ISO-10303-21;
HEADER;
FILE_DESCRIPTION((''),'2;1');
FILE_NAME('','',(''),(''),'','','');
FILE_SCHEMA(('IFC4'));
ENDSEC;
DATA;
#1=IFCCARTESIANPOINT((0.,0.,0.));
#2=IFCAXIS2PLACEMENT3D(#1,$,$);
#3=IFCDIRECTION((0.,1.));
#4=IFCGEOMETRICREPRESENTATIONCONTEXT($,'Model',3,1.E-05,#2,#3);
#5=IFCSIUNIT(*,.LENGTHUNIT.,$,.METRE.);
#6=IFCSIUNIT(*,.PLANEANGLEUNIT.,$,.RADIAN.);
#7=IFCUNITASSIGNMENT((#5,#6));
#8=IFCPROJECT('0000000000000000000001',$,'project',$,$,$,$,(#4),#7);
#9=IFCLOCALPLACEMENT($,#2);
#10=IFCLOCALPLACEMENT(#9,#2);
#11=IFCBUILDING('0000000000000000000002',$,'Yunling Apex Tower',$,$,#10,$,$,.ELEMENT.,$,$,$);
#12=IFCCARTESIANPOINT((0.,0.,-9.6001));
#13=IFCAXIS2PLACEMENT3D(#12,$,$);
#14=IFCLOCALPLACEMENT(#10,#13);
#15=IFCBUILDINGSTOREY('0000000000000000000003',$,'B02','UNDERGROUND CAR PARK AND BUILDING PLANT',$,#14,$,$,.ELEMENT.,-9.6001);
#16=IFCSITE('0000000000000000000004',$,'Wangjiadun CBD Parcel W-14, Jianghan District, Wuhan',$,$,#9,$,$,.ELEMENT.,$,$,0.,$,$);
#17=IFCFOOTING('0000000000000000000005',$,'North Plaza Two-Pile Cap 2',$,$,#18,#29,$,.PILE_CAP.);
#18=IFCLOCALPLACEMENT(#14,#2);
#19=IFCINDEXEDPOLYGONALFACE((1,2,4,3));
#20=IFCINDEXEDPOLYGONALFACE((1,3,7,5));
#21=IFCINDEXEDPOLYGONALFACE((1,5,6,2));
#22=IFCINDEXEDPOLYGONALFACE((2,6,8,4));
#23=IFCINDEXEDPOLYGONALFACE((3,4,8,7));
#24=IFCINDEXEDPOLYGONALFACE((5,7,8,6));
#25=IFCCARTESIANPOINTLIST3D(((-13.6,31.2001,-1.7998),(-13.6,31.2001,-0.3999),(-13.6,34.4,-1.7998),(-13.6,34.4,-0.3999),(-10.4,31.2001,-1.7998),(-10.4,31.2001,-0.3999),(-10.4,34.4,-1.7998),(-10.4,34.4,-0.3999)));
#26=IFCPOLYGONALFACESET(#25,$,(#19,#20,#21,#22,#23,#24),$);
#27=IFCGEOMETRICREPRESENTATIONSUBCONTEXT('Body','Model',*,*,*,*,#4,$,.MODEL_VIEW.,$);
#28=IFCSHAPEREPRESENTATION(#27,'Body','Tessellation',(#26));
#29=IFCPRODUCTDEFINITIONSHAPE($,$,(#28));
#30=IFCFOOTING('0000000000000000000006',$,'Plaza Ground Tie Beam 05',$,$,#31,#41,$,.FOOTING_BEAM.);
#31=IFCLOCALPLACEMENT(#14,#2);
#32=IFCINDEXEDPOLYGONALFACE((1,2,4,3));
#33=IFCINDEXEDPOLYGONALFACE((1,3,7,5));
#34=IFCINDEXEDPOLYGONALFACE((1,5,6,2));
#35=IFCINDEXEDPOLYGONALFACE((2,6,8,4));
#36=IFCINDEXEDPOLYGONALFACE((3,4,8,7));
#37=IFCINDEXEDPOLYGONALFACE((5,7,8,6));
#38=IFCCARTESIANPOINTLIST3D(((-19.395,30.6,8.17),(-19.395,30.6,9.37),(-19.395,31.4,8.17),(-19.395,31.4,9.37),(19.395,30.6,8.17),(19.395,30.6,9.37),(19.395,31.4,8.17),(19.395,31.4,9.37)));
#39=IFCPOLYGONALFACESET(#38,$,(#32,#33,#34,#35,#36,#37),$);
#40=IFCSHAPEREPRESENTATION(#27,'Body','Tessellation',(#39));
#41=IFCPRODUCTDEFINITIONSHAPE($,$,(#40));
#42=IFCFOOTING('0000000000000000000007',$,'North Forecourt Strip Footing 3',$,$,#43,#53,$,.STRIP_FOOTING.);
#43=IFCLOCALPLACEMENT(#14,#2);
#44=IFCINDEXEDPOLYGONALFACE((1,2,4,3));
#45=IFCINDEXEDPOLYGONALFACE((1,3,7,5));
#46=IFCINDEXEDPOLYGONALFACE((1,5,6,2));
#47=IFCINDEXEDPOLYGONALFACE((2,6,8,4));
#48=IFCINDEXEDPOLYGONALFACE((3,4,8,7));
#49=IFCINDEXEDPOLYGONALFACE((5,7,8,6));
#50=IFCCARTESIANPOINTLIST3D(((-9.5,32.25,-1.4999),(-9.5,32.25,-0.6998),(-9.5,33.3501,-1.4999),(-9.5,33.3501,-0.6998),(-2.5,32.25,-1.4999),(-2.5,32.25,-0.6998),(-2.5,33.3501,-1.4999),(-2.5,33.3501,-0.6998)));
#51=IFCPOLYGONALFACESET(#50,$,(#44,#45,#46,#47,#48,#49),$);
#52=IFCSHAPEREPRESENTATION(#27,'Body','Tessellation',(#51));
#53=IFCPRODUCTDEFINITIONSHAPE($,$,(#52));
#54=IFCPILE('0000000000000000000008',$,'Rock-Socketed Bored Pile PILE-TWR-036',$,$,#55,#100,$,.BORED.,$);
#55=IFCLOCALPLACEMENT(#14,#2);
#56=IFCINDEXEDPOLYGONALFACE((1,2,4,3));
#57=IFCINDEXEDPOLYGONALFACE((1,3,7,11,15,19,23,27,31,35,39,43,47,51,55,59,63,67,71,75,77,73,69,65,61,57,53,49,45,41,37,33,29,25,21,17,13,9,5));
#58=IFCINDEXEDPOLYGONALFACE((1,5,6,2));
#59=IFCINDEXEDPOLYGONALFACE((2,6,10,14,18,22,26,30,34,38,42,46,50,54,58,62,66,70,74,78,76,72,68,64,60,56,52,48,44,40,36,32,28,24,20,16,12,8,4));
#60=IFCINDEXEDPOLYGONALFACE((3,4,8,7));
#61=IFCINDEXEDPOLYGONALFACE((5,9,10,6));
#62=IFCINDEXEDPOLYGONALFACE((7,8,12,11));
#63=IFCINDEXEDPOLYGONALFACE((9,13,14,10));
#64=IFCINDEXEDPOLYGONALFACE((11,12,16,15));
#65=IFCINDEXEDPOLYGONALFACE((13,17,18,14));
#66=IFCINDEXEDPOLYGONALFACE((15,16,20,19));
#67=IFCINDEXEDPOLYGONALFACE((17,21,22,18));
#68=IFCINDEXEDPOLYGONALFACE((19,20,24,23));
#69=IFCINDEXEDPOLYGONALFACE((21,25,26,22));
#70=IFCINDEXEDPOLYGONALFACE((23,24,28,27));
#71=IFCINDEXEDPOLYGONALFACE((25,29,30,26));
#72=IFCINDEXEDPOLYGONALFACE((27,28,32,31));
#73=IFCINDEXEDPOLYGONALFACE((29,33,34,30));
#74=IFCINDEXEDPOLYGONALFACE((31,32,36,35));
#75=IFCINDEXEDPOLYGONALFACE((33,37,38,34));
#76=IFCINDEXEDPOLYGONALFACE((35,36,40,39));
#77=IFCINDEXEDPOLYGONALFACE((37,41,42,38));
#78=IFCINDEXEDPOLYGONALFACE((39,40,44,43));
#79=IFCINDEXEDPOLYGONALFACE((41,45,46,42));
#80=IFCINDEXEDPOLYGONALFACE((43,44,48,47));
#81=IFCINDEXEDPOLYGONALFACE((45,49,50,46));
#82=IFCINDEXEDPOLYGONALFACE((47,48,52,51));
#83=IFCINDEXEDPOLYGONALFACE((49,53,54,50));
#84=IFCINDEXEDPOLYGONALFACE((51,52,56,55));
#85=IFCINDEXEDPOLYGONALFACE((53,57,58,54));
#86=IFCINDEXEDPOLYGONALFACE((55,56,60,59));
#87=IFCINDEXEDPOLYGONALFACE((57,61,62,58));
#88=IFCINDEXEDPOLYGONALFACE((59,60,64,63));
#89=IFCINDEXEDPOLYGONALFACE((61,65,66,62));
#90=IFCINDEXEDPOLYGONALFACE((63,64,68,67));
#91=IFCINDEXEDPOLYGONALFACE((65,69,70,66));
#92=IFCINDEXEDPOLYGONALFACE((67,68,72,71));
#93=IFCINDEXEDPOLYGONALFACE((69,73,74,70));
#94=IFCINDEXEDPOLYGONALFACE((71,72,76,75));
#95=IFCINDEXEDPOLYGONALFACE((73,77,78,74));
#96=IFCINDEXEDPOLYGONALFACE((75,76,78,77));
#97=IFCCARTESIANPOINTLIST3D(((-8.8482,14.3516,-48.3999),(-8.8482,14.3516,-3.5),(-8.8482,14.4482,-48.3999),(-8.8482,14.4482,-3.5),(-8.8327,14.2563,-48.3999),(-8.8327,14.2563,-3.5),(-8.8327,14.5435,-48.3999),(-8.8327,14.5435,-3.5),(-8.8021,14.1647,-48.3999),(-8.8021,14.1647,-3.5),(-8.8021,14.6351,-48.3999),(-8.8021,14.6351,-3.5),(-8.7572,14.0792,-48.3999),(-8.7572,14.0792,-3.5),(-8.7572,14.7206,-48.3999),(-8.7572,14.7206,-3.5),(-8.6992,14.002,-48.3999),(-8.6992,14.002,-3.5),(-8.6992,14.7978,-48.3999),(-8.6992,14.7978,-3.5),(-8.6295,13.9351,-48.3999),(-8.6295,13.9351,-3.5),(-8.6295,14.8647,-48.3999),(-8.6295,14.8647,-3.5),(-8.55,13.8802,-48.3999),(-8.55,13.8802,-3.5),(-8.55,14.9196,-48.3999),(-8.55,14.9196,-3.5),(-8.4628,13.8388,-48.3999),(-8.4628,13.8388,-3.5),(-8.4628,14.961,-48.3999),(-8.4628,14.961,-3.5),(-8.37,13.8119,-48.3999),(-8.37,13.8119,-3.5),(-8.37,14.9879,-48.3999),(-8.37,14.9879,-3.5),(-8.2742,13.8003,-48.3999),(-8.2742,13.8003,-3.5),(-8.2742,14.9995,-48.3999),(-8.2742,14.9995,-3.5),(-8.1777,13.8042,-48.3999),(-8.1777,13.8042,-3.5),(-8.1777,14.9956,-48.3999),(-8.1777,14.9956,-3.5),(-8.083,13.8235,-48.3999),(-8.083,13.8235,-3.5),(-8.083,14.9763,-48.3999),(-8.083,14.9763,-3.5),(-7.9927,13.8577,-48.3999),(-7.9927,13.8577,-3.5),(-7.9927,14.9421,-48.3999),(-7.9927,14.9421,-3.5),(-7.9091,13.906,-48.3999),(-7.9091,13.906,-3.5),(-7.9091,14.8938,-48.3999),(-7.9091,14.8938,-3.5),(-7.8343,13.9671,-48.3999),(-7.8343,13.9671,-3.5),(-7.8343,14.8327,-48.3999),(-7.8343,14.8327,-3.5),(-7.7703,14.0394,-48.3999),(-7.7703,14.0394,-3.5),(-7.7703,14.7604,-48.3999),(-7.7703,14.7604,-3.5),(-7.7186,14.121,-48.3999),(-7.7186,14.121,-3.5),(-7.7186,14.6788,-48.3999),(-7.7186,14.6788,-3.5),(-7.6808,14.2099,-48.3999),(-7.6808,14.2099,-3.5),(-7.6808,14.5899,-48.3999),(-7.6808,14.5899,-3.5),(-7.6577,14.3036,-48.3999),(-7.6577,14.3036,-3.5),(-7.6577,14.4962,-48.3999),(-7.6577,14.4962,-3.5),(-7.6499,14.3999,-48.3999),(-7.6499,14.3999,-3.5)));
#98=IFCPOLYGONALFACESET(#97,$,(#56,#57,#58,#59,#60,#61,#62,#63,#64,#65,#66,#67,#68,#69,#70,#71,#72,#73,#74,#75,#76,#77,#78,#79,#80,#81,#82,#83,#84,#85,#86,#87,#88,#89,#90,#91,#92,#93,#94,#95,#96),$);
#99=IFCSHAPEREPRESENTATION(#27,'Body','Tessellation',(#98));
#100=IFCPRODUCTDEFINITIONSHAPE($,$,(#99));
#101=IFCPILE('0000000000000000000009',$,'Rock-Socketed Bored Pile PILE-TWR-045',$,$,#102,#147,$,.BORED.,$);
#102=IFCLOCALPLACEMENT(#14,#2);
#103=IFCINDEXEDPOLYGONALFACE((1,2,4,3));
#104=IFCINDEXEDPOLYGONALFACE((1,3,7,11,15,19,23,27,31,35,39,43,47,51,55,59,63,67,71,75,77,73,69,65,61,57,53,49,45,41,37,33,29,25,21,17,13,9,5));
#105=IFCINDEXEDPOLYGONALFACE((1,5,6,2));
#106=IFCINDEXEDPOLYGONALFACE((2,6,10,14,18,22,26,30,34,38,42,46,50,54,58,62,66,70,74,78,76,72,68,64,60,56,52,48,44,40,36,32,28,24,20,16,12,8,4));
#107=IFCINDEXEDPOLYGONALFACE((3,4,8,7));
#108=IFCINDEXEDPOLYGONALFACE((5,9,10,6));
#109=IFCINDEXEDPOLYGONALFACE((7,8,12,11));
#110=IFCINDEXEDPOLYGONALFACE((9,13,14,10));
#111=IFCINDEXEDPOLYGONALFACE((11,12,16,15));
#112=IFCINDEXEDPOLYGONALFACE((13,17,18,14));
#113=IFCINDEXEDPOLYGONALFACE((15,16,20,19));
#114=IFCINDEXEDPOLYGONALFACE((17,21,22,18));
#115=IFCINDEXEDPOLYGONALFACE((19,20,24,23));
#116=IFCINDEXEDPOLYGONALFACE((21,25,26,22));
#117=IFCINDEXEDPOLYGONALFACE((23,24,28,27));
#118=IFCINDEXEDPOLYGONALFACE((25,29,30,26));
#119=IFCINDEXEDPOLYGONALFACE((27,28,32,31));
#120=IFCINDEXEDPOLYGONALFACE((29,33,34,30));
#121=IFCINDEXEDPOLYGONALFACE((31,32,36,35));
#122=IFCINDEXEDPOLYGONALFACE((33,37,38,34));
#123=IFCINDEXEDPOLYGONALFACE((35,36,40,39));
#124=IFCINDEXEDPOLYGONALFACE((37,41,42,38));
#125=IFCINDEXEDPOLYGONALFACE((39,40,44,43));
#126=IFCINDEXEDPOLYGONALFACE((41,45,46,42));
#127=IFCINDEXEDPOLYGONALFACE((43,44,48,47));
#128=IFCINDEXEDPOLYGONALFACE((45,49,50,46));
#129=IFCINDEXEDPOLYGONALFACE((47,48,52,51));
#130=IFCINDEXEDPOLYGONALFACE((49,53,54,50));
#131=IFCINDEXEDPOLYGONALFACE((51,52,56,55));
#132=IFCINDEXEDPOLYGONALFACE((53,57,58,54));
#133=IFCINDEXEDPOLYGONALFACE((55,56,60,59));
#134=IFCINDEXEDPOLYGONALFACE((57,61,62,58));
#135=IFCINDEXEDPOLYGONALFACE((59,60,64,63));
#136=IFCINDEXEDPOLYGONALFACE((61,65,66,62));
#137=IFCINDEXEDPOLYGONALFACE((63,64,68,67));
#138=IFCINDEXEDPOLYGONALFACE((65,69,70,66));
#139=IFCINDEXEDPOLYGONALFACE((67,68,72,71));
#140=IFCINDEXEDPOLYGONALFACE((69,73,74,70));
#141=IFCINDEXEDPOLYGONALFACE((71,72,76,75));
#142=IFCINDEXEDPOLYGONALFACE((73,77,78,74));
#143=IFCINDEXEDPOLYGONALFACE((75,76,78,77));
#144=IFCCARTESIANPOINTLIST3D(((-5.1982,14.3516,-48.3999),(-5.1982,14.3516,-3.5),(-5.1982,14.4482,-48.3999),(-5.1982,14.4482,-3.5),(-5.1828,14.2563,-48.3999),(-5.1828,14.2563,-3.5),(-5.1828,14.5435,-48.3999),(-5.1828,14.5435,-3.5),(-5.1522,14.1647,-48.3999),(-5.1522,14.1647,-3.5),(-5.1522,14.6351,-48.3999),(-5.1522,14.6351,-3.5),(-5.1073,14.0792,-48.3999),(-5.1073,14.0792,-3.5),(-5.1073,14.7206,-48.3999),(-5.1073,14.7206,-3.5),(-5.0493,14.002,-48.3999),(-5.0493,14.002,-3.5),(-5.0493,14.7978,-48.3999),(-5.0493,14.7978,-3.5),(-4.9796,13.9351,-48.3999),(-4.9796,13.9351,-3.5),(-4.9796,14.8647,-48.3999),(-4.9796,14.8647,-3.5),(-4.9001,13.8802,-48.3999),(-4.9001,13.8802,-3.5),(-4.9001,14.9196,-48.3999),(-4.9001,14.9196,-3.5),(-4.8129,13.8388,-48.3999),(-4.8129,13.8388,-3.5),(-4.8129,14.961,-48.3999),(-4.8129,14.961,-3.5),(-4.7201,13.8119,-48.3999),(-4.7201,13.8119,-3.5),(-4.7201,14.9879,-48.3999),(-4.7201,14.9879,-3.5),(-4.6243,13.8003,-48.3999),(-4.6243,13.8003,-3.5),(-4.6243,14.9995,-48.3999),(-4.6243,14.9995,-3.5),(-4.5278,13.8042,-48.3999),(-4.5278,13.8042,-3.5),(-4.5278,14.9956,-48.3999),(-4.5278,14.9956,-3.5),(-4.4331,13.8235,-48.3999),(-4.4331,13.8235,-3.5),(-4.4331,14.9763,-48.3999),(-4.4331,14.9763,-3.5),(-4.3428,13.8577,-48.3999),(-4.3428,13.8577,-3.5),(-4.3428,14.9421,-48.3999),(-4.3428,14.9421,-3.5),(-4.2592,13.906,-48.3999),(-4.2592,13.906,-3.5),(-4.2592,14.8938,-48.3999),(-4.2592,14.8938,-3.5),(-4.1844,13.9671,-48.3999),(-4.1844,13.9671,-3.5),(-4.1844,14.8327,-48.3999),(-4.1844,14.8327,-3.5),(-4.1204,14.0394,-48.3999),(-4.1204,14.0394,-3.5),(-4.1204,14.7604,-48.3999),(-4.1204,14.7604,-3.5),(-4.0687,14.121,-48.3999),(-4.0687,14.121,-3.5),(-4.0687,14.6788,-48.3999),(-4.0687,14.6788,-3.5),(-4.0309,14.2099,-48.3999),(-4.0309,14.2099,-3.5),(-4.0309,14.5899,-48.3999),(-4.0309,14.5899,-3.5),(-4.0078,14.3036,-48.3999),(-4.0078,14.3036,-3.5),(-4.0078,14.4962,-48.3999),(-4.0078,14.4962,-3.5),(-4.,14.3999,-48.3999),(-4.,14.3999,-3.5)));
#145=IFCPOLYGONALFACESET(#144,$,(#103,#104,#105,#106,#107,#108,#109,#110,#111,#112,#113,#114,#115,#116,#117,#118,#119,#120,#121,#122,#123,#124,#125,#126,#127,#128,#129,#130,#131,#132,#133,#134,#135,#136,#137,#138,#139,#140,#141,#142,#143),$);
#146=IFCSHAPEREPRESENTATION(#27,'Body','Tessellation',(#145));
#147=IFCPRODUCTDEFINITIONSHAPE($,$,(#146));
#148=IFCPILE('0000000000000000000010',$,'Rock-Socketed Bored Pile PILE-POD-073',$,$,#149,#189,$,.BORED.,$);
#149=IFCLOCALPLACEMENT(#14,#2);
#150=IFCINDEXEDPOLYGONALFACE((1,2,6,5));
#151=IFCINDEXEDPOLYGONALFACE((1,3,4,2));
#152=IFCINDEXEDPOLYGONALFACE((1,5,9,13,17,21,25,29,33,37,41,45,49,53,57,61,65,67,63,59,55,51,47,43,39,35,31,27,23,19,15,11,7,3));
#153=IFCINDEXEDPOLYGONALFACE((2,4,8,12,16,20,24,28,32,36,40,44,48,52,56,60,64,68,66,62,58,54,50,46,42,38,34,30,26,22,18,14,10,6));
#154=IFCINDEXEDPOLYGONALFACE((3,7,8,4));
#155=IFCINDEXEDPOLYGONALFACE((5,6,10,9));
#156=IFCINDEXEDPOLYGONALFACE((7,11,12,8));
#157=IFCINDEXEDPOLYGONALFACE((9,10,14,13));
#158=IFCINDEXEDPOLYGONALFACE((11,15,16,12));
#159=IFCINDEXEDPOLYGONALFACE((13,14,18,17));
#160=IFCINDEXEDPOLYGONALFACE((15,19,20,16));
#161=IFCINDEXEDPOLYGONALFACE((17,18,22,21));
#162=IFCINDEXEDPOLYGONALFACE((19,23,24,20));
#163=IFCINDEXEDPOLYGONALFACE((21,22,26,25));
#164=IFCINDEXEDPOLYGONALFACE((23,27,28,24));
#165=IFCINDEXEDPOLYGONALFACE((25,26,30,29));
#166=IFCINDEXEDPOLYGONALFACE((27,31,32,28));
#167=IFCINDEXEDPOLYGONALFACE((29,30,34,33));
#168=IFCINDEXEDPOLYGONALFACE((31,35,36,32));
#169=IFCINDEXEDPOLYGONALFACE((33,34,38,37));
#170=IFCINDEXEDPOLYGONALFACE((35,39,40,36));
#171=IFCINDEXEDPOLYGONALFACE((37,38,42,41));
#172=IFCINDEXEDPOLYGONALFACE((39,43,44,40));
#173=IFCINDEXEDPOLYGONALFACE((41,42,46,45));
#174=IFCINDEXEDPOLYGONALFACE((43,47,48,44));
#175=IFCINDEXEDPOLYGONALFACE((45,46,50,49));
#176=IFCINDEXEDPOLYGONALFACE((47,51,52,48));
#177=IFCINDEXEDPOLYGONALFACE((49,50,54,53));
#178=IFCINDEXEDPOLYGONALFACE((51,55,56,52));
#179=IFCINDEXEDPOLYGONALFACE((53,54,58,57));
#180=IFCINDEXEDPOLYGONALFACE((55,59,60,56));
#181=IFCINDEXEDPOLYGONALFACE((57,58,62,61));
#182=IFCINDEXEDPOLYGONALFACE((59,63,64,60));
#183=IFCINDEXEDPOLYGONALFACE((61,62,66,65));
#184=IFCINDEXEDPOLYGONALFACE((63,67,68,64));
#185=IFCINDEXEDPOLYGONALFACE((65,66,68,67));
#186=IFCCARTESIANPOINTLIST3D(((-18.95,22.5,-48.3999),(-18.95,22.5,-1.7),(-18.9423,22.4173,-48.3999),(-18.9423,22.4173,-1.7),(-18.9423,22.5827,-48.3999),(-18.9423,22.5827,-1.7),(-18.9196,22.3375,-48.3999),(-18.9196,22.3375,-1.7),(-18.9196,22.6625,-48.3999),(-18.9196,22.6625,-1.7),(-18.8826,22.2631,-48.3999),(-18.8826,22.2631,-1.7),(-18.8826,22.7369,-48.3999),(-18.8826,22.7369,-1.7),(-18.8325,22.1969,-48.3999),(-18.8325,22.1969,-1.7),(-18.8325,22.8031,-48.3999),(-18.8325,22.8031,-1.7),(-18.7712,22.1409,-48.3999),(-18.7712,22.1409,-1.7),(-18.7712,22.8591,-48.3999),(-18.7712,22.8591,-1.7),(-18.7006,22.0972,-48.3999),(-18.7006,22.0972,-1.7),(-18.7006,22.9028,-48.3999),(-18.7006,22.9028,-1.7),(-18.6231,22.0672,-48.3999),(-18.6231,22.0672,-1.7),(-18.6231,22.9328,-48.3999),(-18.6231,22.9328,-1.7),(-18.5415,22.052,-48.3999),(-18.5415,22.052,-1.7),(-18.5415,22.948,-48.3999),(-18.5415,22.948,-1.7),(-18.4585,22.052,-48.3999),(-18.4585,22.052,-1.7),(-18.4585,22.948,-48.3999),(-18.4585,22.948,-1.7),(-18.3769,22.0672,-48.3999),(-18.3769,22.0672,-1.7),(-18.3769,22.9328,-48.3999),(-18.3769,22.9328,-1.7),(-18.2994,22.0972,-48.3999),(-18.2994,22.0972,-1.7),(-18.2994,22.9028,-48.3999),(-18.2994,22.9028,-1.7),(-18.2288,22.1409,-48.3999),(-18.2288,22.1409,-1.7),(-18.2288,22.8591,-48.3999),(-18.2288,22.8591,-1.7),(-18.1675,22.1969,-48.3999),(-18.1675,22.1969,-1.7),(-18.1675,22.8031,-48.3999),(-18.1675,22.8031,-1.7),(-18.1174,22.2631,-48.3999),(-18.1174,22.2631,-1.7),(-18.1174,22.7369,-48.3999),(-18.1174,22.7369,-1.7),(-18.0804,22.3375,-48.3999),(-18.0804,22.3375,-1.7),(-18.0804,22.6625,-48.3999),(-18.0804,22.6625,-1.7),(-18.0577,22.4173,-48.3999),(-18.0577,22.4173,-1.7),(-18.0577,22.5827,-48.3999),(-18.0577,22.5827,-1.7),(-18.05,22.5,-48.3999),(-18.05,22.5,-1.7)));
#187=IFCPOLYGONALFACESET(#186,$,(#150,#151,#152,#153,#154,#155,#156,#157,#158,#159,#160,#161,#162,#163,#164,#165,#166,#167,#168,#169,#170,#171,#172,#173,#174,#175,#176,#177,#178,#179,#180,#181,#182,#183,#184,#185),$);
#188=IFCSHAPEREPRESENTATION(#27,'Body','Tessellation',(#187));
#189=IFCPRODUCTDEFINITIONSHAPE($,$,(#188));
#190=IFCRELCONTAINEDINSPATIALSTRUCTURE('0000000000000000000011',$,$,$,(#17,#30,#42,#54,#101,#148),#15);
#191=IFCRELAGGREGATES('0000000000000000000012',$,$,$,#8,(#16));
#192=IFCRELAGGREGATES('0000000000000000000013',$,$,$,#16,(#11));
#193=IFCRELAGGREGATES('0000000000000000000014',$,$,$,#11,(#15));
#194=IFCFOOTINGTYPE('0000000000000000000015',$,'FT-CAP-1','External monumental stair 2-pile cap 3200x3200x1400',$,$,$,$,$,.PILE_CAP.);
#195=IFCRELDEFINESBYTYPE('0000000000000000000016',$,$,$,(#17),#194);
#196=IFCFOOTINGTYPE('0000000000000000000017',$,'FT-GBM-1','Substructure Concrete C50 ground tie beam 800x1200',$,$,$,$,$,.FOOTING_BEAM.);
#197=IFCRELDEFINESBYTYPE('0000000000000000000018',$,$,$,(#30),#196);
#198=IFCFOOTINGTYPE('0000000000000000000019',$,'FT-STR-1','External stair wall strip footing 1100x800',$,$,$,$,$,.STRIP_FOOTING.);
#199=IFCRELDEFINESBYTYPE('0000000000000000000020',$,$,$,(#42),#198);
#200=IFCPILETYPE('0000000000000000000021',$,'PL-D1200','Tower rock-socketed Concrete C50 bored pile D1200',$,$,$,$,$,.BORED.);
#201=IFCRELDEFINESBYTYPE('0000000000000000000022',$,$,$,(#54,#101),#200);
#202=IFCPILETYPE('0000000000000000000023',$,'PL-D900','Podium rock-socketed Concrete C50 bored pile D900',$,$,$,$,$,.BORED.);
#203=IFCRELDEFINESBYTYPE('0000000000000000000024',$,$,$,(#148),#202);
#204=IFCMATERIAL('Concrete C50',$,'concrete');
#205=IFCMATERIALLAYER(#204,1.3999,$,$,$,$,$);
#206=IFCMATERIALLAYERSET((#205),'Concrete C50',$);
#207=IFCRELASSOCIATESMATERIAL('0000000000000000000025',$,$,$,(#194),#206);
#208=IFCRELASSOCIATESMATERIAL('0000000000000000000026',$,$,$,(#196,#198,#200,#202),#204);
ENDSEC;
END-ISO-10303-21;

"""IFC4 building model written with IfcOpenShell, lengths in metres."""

from ifc_helpers import new_model, si_unit, direction, frame, origin, origin_2d, place, context, subcontext, project, spatial, rectangle, circle, extrude, source, transform, mapped, material, layer, layer_set, material_profile, profile_set, type_object, element, save


model = new_model("IFC4")

# Units and contexts
model_context = context("Model", 3, precision=1e-05, world=origin(), true_north=direction((0.0, 1.0)))
body_context = subcontext(model_context, "Body", "Model", "MODEL_VIEW")
ifc_project = project(units=[si_unit("LENGTHUNIT", "METRE"), si_unit("PLANEANGLEUNIT", "RADIAN")], contexts=[model_context])

# Site, building, storey
site_placement = place(None, origin())
site = spatial("IfcSite", under=ifc_project, at=site_placement, Name="Wangjiadun CBD Parcel W-14, Jianghan District, Wuhan", CompositionType="ELEMENT", RefElevation=0.0)
building_placement = place(site_placement, origin())
building = spatial("IfcBuilding", under=site, at=building_placement, Name="Yunling Apex Tower", CompositionType="ELEMENT")
storey_placement = place(building_placement, frame((0.0, 0.0, -9.6001)))
storey = spatial("IfcBuildingStorey", under=building, at=storey_placement, Name="B02", Description="UNDERGROUND CAR PARK AND BUILDING PLANT", CompositionType="ELEMENT", Elevation=-9.6001)

# Footings
ifc_material_1 = material(Name="Concrete C50", Category="concrete")
ifc_layer_1 = layer(ifc_material_1, 1.3999)
ifc_layer_set_1 = layer_set([ifc_layer_1], Name="Concrete C50")
footing_type_1 = type_object("IfcFootingType", Name="FT-CAP-1", Description="External monumental stair 2-pile cap 3200x3200x1400", PredefinedType="PILE_CAP", material=ifc_layer_set_1)
shared_shape_1 = source(origin(), body_context, "Body", "SweptSolid", [
    extrude(rectangle(XDim=3.2, YDim=3.2, at=origin_2d()), origin(), (0.0, 0.0, 1.0), 1.3999),
])
footing_1_placement = place(storey_placement, frame((-12.0, 32.8, -1.7998), z_axis=(0.0, 0.0, 1.0), x_axis=(1.0, 0.0, 0.0)))
element("IfcFooting", 1, at=footing_1_placement, inside=storey, type_object=footing_type_1, Name="North Plaza Two-Pile Cap 2", PredefinedType="PILE_CAP", context=body_context, shape_type="MappedRepresentation", body=[
    mapped(shared_shape_1, transform((0.0, 0.0, 0.0), scale=1.0)),
])
ifc_material_profile_1 = material_profile(ifc_material_1, rectangle(XDim=0.8, YDim=1.2, at=origin_2d()))
ifc_profile_set_1 = profile_set([ifc_material_profile_1], Name="Concrete C50")
footing_type_2 = type_object("IfcFootingType", Name="FT-GBM-1", Description="Substructure Concrete C50 ground tie beam 800x1200", PredefinedType="FOOTING_BEAM", material=ifc_profile_set_1)
shared_shape_2 = source(origin(), body_context, "Body", "SweptSolid", [
    extrude(rectangle(XDim=0.8, YDim=1.2, at=origin_2d()), origin(), (0.0, 0.0, 1.0), 38.79),
])
footing_2_placement = place(storey_placement, frame((-19.395, 31.0, 8.77), z_axis=(1.0, 0.0, 0.0), x_axis=(0.0, 1.0, 0.0)))
element("IfcFooting", 2, at=footing_2_placement, inside=storey, type_object=footing_type_2, Name="Plaza Ground Tie Beam 05", PredefinedType="FOOTING_BEAM", context=body_context, shape_type="MappedRepresentation", body=[
    mapped(shared_shape_2, transform((0.0, 0.0, 0.0), scale=1.0)),
])
ifc_material_profile_2 = material_profile(ifc_material_1, rectangle(XDim=1.1001, YDim=0.8, at=origin_2d()))
ifc_profile_set_2 = profile_set([ifc_material_profile_2], Name="Concrete C50")
footing_type_3 = type_object("IfcFootingType", Name="FT-STR-1", Description="External stair wall strip footing 1100x800", PredefinedType="STRIP_FOOTING", material=ifc_profile_set_2)
shared_shape_3 = source(origin(), body_context, "Body", "SweptSolid", [
    extrude(rectangle(XDim=1.1001, YDim=0.8, at=origin_2d()), origin(), (0.0, 0.0, 1.0), 7.0),
])
footing_3_placement = place(storey_placement, frame((-9.5, 32.8, -1.0999), z_axis=(1.0, 0.0, 0.0), x_axis=(0.0, 1.0, 0.0)))
element("IfcFooting", 3, at=footing_3_placement, inside=storey, type_object=footing_type_3, Name="North Forecourt Strip Footing 3", PredefinedType="STRIP_FOOTING", context=body_context, shape_type="MappedRepresentation", body=[
    mapped(shared_shape_3, transform((0.0, 0.0, 0.0), scale=1.0)),
])

# Piles
ifc_material_profile_3 = material_profile(ifc_material_1, circle(Radius=0.6001, at=origin_2d()))
ifc_profile_set_3 = profile_set([ifc_material_profile_3], Name="Concrete C50")
pile_type_1 = type_object("IfcPileType", Name="PL-D1200", Description="Tower rock-socketed Concrete C50 bored pile D1200", PredefinedType="BORED", material=ifc_profile_set_3)
shared_shape_4 = source(origin(), body_context, "Body", "SweptSolid", [
    extrude(circle(Radius=0.6001, at=origin_2d()), origin(), (0.0, 0.0, 1.0), 44.8999),
])
for number, where, z_axis, x_axis, name in (
    (4, (-8.25, 14.3999, -3.5), (0.0, 0.0, -1.0), (1.0, 0.0, 0.0), "Rock-Socketed Bored Pile PILE-TWR-036"),
    (5, (-4.6001, 14.3999, -3.5), (0.0, 0.0, -1.0), (1.0, 0.0, 0.0), "Rock-Socketed Bored Pile PILE-TWR-045"),
):
    element("IfcPile", number, at=place(storey_placement, frame(where, z_axis=z_axis, x_axis=x_axis)), inside=storey, type_object=pile_type_1, Name=name, PredefinedType="BORED", context=body_context, shape_type="MappedRepresentation", body=[
        mapped(shared_shape_4, transform((0.0, 0.0, 0.0), scale=1.0)),
    ])
ifc_material_profile_4 = material_profile(ifc_material_1, circle(Radius=0.45, at=origin_2d()))
ifc_profile_set_4 = profile_set([ifc_material_profile_4], Name="Concrete C50")
pile_type_2 = type_object("IfcPileType", Name="PL-D900", Description="Podium rock-socketed Concrete C50 bored pile D900", PredefinedType="BORED", material=ifc_profile_set_4)
shared_shape_5 = source(origin(), body_context, "Body", "SweptSolid", [
    extrude(circle(Radius=0.45, at=origin_2d()), origin(), (0.0, 0.0, 1.0), 46.7),
])
for number, where, z_axis, x_axis, name in (
    (6, (-18.5, 22.5, -1.7), (0.0, 0.0, -1.0), (1.0, 0.0, 0.0), "Rock-Socketed Bored Pile PILE-POD-073"),
):
    element("IfcPile", number, at=place(storey_placement, frame(where, z_axis=z_axis, x_axis=x_axis)), inside=storey, type_object=pile_type_2, Name=name, PredefinedType="BORED", context=body_context, shape_type="MappedRepresentation", body=[
        mapped(shared_shape_5, transform((0.0, 0.0, 0.0), scale=1.0)),
    ])

save(model, "model.ifc")
